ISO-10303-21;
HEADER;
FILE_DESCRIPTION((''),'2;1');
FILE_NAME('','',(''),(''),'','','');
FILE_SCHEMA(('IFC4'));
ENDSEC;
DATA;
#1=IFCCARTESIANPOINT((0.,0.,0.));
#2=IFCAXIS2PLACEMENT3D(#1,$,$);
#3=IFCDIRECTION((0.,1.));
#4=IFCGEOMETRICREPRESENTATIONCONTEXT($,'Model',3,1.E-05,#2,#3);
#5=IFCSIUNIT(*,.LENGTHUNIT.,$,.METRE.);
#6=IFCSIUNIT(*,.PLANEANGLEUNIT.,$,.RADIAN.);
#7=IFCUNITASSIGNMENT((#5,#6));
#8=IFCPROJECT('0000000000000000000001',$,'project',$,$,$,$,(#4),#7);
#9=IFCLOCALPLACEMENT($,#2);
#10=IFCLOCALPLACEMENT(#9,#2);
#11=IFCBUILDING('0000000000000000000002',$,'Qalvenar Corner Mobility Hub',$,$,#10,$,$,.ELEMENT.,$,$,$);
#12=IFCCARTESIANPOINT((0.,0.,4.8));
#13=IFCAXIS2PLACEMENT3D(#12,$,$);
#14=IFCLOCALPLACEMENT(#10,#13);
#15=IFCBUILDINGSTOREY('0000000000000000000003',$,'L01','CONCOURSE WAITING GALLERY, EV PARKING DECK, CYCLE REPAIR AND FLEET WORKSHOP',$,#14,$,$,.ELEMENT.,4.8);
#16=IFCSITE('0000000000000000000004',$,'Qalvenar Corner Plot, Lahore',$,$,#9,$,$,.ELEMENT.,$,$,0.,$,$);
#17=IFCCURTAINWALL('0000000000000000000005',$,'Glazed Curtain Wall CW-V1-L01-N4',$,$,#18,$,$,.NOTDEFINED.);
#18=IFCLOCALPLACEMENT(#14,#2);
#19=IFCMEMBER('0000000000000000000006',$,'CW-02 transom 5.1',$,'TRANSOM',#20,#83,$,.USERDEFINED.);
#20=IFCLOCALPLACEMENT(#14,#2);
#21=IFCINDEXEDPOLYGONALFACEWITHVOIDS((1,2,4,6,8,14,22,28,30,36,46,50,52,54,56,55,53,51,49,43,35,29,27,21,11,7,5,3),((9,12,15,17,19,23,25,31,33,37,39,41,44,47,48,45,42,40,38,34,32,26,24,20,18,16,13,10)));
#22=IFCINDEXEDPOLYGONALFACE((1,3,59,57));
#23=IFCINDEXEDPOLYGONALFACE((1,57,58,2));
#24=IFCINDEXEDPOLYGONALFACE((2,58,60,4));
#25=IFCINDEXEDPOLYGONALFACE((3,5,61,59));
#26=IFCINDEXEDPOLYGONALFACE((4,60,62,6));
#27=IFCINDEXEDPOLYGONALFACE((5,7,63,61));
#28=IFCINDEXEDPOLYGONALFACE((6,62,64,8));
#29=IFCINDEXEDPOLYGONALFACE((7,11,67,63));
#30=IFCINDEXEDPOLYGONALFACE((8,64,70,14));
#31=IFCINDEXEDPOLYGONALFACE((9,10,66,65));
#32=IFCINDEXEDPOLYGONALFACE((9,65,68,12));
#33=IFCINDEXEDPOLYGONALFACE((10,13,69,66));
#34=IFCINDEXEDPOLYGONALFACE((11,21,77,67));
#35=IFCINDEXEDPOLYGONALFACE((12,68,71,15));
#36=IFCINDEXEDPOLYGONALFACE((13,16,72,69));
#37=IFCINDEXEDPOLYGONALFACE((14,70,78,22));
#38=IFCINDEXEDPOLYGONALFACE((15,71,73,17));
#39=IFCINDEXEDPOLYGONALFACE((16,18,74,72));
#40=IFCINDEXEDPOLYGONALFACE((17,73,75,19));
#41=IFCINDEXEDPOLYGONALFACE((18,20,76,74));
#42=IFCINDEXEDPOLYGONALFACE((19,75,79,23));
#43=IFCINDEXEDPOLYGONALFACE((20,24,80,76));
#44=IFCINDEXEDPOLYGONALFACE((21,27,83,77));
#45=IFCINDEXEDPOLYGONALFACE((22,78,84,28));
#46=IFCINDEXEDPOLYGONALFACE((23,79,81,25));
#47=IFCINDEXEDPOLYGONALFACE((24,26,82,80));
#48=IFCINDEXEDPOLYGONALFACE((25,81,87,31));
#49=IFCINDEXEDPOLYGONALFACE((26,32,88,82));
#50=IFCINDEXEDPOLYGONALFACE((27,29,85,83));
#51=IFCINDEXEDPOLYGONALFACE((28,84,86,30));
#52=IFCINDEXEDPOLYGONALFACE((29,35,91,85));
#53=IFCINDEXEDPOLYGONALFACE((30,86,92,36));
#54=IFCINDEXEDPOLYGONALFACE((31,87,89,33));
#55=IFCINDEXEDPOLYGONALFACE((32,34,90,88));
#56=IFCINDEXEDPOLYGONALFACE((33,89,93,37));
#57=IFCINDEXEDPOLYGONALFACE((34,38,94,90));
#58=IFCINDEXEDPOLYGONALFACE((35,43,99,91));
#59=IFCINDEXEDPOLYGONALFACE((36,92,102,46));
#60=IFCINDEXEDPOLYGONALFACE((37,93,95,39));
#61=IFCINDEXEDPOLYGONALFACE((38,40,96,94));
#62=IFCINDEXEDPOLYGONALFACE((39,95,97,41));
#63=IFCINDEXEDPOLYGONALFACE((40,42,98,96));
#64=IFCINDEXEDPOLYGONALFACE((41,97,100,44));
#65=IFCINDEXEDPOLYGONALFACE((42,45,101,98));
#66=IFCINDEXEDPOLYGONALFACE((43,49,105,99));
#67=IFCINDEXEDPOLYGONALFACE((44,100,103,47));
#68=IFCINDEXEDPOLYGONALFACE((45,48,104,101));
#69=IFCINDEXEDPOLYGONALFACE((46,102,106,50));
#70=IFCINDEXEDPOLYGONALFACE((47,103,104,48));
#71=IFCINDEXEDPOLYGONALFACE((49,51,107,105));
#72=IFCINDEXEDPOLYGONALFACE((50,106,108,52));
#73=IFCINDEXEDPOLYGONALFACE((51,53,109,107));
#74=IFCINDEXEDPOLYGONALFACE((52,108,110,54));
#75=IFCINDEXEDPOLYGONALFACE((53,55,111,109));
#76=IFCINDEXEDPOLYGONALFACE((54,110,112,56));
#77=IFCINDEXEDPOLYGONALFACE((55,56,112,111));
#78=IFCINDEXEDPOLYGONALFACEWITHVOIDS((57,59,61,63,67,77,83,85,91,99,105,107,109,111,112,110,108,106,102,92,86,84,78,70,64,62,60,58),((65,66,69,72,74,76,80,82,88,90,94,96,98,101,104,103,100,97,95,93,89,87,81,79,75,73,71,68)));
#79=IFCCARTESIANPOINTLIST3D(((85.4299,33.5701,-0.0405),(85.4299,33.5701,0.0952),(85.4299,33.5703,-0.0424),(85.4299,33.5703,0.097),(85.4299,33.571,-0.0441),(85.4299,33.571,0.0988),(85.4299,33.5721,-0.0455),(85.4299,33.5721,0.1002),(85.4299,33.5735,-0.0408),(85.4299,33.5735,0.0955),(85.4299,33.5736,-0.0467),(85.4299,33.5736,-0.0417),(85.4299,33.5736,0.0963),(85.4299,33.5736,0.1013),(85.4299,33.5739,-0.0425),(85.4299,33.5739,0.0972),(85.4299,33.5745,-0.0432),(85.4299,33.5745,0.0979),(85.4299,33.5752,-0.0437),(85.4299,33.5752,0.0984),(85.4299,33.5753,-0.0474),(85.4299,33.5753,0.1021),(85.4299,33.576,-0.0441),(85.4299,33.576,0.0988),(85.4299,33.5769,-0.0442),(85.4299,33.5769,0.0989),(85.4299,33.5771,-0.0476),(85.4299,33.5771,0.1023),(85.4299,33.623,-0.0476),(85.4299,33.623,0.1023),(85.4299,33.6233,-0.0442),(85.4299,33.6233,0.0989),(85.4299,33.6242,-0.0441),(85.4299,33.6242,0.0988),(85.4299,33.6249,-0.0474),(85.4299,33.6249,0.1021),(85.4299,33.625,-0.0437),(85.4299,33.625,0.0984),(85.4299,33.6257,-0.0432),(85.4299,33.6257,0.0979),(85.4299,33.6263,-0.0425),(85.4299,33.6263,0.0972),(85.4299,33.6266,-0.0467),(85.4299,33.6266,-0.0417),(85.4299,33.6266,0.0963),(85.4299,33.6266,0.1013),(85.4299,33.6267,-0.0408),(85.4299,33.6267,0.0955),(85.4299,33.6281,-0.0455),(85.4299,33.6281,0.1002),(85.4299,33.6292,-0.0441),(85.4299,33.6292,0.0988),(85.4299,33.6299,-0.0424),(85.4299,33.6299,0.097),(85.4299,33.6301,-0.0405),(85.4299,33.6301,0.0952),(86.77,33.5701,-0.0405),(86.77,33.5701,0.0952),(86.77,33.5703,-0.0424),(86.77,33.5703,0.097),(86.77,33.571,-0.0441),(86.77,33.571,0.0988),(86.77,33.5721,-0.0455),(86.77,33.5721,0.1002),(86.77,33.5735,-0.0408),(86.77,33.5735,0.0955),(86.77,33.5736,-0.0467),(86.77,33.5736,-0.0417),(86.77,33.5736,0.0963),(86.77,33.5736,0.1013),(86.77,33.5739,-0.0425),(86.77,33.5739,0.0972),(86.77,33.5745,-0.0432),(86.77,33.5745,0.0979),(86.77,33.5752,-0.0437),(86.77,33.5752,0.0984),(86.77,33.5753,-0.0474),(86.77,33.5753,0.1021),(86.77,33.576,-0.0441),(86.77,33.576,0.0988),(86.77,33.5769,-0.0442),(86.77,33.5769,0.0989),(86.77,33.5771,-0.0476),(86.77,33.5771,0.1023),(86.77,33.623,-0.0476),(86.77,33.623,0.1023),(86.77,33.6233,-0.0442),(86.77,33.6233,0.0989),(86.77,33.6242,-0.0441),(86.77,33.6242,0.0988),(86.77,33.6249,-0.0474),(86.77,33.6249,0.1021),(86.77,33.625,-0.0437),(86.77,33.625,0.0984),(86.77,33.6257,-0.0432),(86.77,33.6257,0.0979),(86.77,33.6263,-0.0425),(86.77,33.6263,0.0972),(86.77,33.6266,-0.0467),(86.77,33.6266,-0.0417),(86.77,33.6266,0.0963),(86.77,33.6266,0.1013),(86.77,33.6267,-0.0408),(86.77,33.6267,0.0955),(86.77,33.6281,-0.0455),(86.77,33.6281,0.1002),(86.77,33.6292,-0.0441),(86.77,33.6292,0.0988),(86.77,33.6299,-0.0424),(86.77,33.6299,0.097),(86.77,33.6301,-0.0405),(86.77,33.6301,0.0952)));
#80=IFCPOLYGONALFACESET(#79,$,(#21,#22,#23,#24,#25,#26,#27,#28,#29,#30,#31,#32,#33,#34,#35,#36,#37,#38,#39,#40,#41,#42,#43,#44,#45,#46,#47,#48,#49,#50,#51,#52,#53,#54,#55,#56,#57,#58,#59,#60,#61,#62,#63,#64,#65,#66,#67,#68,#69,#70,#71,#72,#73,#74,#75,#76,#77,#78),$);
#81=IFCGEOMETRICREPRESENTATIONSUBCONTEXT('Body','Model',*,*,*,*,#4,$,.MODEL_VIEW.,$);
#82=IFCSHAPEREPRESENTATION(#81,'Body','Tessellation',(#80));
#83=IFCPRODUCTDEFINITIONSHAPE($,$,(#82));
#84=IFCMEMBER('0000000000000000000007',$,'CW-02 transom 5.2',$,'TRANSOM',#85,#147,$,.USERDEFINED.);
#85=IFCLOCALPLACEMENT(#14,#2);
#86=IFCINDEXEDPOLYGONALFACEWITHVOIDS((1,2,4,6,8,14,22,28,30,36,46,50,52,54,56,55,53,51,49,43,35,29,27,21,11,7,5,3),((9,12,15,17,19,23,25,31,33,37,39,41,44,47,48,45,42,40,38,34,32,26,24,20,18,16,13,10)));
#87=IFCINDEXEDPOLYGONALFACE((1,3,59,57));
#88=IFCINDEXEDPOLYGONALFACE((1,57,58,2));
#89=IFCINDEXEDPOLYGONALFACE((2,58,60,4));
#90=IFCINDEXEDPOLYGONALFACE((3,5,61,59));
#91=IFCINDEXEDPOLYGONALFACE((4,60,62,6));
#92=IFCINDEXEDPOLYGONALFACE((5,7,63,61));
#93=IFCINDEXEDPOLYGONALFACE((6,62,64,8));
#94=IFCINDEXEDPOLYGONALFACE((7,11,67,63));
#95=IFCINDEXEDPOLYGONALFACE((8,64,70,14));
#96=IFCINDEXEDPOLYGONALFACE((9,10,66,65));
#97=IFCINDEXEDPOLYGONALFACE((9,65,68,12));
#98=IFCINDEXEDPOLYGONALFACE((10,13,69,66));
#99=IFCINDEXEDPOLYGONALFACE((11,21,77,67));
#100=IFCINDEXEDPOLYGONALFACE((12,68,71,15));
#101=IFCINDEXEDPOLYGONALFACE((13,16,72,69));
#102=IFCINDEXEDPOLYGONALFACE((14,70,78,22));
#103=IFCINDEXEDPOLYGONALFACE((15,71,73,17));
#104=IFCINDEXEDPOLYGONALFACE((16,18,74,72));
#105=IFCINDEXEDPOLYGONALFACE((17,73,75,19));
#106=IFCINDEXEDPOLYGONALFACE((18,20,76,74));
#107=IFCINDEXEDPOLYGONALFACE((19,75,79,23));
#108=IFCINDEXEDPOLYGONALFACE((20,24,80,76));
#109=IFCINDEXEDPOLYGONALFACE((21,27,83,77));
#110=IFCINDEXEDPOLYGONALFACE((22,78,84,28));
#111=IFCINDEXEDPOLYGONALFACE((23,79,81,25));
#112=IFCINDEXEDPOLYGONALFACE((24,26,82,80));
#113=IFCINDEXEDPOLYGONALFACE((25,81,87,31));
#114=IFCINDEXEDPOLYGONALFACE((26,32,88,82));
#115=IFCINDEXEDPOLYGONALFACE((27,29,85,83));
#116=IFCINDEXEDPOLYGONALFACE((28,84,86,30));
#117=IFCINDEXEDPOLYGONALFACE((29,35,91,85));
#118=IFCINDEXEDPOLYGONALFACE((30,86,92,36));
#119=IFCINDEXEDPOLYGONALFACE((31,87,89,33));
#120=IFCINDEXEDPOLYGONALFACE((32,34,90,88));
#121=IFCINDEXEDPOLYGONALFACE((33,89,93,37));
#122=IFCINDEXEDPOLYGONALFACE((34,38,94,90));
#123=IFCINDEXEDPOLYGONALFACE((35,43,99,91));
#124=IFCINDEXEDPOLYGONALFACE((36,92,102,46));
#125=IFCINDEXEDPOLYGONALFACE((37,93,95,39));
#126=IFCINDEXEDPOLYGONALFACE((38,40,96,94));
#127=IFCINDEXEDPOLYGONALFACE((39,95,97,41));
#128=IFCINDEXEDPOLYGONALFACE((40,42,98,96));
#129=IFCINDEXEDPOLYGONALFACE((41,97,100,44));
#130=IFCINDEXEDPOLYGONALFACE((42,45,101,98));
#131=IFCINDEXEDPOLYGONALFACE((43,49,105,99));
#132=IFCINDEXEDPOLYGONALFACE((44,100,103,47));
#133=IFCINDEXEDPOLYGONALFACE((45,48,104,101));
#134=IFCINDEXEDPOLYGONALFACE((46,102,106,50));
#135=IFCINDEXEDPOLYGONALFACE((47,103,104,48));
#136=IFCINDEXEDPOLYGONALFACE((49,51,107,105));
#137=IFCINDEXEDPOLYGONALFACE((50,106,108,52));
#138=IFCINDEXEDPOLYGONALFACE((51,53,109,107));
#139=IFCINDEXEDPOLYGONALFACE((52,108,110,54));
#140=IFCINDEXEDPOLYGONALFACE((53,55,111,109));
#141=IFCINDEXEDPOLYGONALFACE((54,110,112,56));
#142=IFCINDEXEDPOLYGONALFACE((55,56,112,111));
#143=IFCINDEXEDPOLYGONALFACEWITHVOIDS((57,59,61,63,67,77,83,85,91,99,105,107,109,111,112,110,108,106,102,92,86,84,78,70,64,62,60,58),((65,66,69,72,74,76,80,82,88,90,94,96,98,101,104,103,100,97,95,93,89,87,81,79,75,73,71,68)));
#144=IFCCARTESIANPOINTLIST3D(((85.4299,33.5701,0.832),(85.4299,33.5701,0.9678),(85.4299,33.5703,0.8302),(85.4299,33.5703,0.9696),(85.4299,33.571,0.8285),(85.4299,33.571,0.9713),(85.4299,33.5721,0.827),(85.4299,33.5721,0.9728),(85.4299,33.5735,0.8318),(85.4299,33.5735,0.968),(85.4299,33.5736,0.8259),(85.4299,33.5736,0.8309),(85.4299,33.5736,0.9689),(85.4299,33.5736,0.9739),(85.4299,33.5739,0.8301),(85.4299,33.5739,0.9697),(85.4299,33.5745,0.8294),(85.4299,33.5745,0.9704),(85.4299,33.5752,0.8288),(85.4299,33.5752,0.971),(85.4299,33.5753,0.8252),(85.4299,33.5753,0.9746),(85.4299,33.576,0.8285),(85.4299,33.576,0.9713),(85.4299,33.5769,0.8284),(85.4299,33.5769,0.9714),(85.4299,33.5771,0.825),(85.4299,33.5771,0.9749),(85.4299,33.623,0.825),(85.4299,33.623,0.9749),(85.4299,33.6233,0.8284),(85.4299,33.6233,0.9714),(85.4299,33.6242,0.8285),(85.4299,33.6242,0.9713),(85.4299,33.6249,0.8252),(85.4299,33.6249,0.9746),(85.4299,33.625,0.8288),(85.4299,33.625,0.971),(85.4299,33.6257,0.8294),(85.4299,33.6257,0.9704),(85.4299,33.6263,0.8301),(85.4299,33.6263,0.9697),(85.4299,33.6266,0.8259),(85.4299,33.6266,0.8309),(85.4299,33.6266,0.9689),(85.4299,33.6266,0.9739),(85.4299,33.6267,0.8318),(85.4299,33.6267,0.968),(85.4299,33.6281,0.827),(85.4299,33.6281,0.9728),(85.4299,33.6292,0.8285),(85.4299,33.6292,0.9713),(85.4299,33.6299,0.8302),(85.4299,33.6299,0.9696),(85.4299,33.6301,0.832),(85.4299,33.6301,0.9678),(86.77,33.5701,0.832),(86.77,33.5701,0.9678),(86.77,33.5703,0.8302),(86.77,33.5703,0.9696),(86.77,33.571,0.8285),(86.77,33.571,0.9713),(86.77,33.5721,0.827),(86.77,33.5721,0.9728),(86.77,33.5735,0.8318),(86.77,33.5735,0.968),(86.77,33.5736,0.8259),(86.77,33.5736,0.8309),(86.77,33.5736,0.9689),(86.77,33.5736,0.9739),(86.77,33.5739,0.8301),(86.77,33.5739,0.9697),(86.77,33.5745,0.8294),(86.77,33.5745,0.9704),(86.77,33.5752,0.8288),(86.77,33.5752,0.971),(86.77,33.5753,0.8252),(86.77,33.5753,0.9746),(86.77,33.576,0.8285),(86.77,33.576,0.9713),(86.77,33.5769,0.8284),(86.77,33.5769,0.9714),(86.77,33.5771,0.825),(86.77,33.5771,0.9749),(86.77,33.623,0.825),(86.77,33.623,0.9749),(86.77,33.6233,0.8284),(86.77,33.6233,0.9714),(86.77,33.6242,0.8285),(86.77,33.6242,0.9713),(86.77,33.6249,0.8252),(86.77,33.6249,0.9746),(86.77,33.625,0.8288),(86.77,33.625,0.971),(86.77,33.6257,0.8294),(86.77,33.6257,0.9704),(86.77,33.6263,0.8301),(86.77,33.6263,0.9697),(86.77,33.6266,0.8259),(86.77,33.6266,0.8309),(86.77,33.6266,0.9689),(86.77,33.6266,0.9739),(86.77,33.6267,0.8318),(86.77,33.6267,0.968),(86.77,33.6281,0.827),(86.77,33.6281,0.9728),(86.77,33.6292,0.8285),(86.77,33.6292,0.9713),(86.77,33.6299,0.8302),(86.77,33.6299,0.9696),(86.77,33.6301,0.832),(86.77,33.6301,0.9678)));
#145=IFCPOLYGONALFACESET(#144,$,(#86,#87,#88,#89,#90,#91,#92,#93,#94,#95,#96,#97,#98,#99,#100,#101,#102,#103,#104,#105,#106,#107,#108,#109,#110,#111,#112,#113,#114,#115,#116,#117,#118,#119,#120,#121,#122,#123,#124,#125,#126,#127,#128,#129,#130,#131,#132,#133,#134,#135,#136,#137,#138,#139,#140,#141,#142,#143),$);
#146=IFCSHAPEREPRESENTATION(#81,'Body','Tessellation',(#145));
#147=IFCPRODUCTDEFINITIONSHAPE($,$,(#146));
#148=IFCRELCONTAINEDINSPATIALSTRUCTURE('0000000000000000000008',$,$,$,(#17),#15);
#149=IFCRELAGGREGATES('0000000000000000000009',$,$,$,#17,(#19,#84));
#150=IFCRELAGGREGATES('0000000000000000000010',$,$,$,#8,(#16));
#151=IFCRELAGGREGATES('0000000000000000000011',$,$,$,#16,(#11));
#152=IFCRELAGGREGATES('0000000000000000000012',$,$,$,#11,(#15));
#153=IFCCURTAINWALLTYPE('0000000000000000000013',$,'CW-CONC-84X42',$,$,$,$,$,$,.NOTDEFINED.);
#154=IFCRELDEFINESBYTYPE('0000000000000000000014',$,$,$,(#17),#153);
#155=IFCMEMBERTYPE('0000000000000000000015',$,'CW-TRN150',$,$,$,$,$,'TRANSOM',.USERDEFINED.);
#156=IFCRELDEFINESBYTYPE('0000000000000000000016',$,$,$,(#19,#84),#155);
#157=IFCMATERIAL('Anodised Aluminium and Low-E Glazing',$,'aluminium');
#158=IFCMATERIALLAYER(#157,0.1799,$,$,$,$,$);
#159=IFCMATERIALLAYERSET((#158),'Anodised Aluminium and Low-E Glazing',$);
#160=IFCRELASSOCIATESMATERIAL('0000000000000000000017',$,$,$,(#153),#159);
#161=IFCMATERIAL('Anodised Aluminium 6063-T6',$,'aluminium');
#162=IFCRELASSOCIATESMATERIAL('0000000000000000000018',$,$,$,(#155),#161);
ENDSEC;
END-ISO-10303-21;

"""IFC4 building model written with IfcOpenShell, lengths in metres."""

from ifc_helpers import new_model, si_unit, direction, frame, origin, origin_2d, place, context, subcontext, project, spatial, hollow_rectangle, extrude, material, layer, layer_set, material_profile, profile_set, type_object, element, aggregate, save


model = new_model("IFC4")

# Units and contexts
model_context = context("Model", 3, precision=1e-05, world=origin(), true_north=direction((0.0, 1.0)))
body_context = subcontext(model_context, "Body", "Model", "MODEL_VIEW")
ifc_project = project(units=[si_unit("LENGTHUNIT", "METRE"), si_unit("PLANEANGLEUNIT", "RADIAN")], contexts=[model_context])

# Site, building, storey
site_placement = place(None, origin())
site = spatial("IfcSite", under=ifc_project, at=site_placement, Name="Qalvenar Corner Plot, Lahore", CompositionType="ELEMENT", RefElevation=0.0)
building_placement = place(site_placement, origin())
building = spatial("IfcBuilding", under=site, at=building_placement, Name="Qalvenar Corner Mobility Hub", CompositionType="ELEMENT")
storey_placement = place(building_placement, frame((0.0, 0.0, 4.8)))
storey = spatial("IfcBuildingStorey", under=building, at=storey_placement, Name="L01", Description="CONCOURSE WAITING GALLERY, EV PARKING DECK, CYCLE REPAIR AND FLEET WORKSHOP", CompositionType="ELEMENT", Elevation=4.8)

# Curtain wall
ifc_material_1 = material(Name="Anodised Aluminium and Low-E Glazing", Category="aluminium")
ifc_layer_1 = layer(ifc_material_1, 0.1799)
ifc_layer_set_1 = layer_set([ifc_layer_1], Name="Anodised Aluminium and Low-E Glazing")
curtain_wall_type = type_object("IfcCurtainWallType", Name="CW-CONC-84X42", PredefinedType="NOTDEFINED", material=ifc_layer_set_1)
ifc_material_2 = material(Name="Anodised Aluminium 6063-T6", Category="aluminium")
curtain_wall_1_placement = place(storey_placement, origin())
curtain_wall_1 = element("IfcCurtainWall", 1, at=curtain_wall_1_placement, inside=storey, type_object=curtain_wall_type, Name="Glazed Curtain Wall CW-V1-L01-N4", PredefinedType="NOTDEFINED")

# Members
ifc_material_profile_1 = material_profile(ifc_material_2, hollow_rectangle(XDim=0.0601, YDim=0.1499, WallThickness=0.0034, InnerFilletRadius=0.0034, OuterFilletRadius=0.0071, at=origin_2d()), Name="RHS150x60x3.5")
ifc_profile_set_1 = profile_set([ifc_material_profile_1], Name="Anodised Aluminium 6063-T6")
member_type_1 = type_object("IfcMemberType", Name="CW-TRN150", ElementType="TRANSOM", PredefinedType="USERDEFINED", material=ifc_profile_set_1)
member_1_placement = place(storey_placement, frame((86.77, 33.6001, 0.0273), z_axis=(-1.0, 0.0, 0.0), x_axis=(0.0, -1.0, 0.0)))
member_1 = element("IfcMember", 2, at=member_1_placement, type_object=member_type_1, Name="CW-02 transom 5.1", ObjectType="TRANSOM", PredefinedType="USERDEFINED", context=body_context, shape_type="SweptSolid", body=[
    extrude(hollow_rectangle(XDim=0.0601, YDim=0.1499, WallThickness=0.0034, InnerFilletRadius=0.0034, OuterFilletRadius=0.0071, at=origin_2d()), origin(), (0.0, 0.0, 1.0), 1.3401),
])
member_2_placement = place(storey_placement, frame((86.77, 33.6001, 0.8999), z_axis=(-1.0, 0.0, 0.0), x_axis=(0.0, -1.0, 0.0)))
member_2 = element("IfcMember", 3, at=member_2_placement, type_object=member_type_1, Name="CW-02 transom 5.2", ObjectType="TRANSOM", PredefinedType="USERDEFINED", context=body_context, shape_type="SweptSolid", body=[
    extrude(hollow_rectangle(XDim=0.0601, YDim=0.1499, WallThickness=0.0034, InnerFilletRadius=0.0034, OuterFilletRadius=0.0071, at=origin_2d()), origin(), (0.0, 0.0, 1.0), 1.3401),
])

aggregate(curtain_wall_1, [member_1, member_2])

save(model, "model.ifc")
